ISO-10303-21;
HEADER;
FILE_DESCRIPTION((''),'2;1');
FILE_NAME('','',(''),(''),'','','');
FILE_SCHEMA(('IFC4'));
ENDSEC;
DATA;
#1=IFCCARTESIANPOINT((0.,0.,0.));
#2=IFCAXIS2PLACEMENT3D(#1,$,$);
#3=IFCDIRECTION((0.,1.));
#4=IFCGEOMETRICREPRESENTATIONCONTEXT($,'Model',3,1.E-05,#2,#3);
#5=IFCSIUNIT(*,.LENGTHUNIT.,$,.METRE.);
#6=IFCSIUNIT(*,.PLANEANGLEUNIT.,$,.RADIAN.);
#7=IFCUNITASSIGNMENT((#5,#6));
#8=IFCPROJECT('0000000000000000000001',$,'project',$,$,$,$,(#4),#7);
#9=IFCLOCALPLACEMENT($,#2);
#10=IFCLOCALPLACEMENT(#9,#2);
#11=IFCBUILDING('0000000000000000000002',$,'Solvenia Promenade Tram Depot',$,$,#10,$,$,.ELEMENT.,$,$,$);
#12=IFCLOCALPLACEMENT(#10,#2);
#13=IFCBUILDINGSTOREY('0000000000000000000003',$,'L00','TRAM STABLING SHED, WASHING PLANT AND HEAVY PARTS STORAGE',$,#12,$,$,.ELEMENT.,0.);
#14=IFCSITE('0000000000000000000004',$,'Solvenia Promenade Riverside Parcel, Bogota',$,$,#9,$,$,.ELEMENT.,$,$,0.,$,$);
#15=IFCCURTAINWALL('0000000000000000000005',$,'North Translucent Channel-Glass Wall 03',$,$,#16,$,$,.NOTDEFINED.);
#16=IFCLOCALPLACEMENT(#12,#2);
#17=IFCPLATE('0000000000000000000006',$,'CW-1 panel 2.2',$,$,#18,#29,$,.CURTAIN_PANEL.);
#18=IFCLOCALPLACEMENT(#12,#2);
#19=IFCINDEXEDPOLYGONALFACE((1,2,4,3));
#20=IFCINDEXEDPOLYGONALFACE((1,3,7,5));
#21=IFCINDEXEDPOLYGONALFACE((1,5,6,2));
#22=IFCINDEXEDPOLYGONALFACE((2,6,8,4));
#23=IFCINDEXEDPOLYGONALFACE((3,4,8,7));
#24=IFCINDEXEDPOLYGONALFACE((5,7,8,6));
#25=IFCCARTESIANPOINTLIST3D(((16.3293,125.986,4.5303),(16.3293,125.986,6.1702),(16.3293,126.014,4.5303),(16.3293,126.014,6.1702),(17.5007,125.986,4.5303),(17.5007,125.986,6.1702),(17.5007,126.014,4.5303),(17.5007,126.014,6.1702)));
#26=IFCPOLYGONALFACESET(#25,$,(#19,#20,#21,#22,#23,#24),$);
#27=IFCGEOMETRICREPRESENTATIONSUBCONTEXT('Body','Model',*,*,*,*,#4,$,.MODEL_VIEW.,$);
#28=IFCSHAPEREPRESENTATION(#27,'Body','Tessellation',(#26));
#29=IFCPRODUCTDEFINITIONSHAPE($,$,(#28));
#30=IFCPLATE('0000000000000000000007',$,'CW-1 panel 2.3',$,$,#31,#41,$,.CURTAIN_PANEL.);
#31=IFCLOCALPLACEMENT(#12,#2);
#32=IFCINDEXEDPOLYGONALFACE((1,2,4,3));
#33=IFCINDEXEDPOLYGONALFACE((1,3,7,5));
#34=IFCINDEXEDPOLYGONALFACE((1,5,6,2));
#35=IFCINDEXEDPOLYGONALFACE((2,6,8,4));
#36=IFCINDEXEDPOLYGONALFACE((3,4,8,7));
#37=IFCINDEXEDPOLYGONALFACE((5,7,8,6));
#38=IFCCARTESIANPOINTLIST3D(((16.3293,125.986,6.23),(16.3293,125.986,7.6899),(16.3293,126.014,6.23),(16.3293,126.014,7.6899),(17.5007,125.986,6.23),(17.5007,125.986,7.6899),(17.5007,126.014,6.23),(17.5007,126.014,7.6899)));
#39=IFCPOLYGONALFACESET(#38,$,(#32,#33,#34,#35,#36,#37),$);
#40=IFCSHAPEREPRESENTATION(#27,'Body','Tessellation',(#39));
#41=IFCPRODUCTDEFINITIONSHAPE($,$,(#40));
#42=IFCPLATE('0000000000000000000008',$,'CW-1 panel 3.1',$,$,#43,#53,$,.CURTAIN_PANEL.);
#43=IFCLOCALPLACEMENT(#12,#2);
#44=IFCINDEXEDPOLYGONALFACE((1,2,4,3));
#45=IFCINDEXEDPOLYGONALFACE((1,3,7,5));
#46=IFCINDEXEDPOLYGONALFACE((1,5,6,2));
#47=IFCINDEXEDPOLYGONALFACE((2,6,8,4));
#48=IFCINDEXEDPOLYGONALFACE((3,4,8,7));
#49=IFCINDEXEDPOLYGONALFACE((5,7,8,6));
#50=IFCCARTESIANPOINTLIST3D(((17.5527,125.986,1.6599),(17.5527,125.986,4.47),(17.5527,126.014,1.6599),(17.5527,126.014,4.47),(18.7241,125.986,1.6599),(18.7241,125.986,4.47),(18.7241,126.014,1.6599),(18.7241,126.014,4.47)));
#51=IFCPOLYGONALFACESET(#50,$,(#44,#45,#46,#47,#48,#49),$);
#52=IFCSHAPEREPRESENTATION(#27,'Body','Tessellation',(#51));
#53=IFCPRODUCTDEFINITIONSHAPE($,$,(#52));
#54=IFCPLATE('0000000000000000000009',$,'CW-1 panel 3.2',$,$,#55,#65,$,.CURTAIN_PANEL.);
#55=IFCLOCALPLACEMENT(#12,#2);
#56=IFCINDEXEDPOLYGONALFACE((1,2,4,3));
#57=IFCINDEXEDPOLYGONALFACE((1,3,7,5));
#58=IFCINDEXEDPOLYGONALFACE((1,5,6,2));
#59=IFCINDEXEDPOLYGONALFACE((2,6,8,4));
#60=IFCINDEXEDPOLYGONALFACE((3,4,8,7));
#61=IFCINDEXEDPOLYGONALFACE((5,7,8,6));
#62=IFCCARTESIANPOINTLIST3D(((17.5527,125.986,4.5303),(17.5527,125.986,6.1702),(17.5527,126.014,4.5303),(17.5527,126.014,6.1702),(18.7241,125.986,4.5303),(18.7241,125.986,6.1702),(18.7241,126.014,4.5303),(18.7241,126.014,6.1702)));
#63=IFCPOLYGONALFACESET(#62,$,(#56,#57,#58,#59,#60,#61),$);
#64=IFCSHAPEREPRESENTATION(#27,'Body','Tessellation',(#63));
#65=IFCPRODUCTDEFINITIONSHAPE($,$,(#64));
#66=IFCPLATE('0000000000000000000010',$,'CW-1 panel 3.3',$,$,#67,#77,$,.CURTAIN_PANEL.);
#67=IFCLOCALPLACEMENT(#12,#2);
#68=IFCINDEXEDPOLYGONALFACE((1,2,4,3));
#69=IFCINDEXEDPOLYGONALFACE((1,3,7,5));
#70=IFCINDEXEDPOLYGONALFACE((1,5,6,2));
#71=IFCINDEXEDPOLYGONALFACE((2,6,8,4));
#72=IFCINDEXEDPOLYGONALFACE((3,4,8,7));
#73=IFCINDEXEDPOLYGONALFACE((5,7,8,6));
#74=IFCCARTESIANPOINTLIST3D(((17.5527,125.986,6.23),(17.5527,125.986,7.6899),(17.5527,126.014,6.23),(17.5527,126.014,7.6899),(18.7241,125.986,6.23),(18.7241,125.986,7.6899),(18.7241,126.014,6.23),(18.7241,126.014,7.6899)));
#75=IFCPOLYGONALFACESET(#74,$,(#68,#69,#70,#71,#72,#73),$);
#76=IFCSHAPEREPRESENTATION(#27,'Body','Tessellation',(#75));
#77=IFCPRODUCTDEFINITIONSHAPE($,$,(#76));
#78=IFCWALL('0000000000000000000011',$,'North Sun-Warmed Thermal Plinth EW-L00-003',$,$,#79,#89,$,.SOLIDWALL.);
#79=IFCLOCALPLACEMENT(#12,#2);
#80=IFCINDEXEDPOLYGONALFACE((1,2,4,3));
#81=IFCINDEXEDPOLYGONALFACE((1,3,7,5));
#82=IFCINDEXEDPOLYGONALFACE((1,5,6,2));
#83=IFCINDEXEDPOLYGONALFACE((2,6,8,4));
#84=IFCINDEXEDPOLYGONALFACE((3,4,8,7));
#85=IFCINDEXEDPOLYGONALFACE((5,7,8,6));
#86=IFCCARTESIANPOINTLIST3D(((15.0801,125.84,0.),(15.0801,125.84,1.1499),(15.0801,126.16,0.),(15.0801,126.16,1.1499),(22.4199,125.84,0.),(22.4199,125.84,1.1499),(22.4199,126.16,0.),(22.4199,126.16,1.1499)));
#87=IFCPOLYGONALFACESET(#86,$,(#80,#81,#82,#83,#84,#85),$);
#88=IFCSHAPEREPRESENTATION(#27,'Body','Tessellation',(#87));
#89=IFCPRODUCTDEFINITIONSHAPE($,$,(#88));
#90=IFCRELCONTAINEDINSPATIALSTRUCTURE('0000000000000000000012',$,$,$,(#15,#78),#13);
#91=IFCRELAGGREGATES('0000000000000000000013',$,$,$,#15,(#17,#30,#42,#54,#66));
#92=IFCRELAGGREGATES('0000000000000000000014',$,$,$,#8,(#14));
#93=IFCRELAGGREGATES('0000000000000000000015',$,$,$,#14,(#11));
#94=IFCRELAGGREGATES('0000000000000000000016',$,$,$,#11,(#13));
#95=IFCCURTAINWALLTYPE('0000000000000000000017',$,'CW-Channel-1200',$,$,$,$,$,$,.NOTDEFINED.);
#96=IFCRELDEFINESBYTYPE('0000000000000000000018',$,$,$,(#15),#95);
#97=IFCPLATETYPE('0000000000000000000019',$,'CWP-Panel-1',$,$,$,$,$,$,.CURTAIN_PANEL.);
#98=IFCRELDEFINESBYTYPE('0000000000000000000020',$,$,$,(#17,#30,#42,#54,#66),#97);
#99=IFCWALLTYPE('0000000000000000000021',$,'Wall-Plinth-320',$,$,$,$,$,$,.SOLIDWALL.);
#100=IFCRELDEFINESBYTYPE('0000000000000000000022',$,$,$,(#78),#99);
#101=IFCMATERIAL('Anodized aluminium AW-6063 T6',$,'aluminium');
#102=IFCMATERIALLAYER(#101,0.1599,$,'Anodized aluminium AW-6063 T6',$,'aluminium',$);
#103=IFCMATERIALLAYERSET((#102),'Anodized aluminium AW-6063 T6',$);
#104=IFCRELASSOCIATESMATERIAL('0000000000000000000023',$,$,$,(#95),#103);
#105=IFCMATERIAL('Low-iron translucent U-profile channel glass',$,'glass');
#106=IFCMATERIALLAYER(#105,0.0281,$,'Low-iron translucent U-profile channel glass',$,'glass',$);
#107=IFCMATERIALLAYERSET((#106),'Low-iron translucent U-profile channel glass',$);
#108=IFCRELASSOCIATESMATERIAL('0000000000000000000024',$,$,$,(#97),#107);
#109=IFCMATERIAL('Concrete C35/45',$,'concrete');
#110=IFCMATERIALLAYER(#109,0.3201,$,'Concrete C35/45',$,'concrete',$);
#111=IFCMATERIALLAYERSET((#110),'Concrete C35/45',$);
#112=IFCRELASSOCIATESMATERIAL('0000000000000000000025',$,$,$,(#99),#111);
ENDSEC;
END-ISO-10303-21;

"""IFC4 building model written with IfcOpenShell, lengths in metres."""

from ifc_helpers import new_model, si_unit, direction, frame, frame_2d, origin, origin_2d, place, context, subcontext, project, spatial, rectangle, extrude, material, layer, layer_set, type_object, element, aggregate, save


model = new_model("IFC4")

# Units and contexts
model_context = context("Model", 3, precision=1e-05, world=origin(), true_north=direction((0.0, 1.0)))
body_context = subcontext(model_context, "Body", "Model", "MODEL_VIEW")
ifc_project = project(units=[si_unit("LENGTHUNIT", "METRE"), si_unit("PLANEANGLEUNIT", "RADIAN")], contexts=[model_context])

# Site, building, storey
site_placement = place(None, origin())
site = spatial("IfcSite", under=ifc_project, at=site_placement, Name="Solvenia Promenade Riverside Parcel, Bogota", CompositionType="ELEMENT", RefElevation=0.0)
building_placement = place(site_placement, origin())
building = spatial("IfcBuilding", under=site, at=building_placement, Name="Solvenia Promenade Tram Depot", CompositionType="ELEMENT")
storey_placement = place(building_placement, origin())
storey = spatial("IfcBuildingStorey", under=building, at=storey_placement, Name="L00", Description="TRAM STABLING SHED, WASHING PLANT AND HEAVY PARTS STORAGE", CompositionType="ELEMENT", Elevation=0.0)

# Shared definitions
ifc_material_1 = material(Name="Anodized aluminium AW-6063 T6", Category="aluminium")
ifc_layer_1 = layer(ifc_material_1, 0.1599, Name="Anodized aluminium AW-6063 T6", Category="aluminium")
ifc_layer_set_1 = layer_set([ifc_layer_1], Name="Anodized aluminium AW-6063 T6")
curtain_wall_type = type_object("IfcCurtainWallType", Name="CW-Channel-1200", PredefinedType="NOTDEFINED", material=ifc_layer_set_1)

# Curtain wall
curtain_wall_1_placement = place(storey_placement, origin())
curtain_wall_1 = element("IfcCurtainWall", 1, at=curtain_wall_1_placement, inside=storey, type_object=curtain_wall_type, Name="North Translucent Channel-Glass Wall 03", PredefinedType="NOTDEFINED")

# Plates
ifc_material_2 = material(Name="Low-iron translucent U-profile channel glass", Category="glass")
ifc_layer_2 = layer(ifc_material_2, 0.0281, Name="Low-iron translucent U-profile channel glass", Category="glass")
ifc_layer_set_2 = layer_set([ifc_layer_2], Name="Low-iron translucent U-profile channel glass")
plate_type = type_object("IfcPlateType", Name="CWP-Panel-1", PredefinedType="CURTAIN_PANEL", material=ifc_layer_set_2)
plate_1_placement = place(storey_placement, frame((16.915, 126.0, 4.5303), z_axis=(0.0, 0.0, 1.0), x_axis=(1.0, 0.0, 0.0)))
plate_1 = element("IfcPlate", 2, at=plate_1_placement, type_object=plate_type, Name="CW-1 panel 2.2", PredefinedType="CURTAIN_PANEL", context=body_context, shape_type="SweptSolid", body=[
    extrude(rectangle(XDim=1.1714, YDim=0.0281, at=origin_2d()), origin(), (0.0, 0.0, 1.0), 1.6399),
])
plate_2_placement = place(storey_placement, frame((16.915, 126.0, 6.23), z_axis=(0.0, 0.0, 1.0), x_axis=(1.0, 0.0, 0.0)))
plate_2 = element("IfcPlate", 3, at=plate_2_placement, type_object=plate_type, Name="CW-1 panel 2.3", PredefinedType="CURTAIN_PANEL", context=body_context, shape_type="SweptSolid", body=[
    extrude(rectangle(XDim=1.1714, YDim=0.0281, at=origin_2d()), origin(), (0.0, 0.0, 1.0), 1.46),
])
plate_3_placement = place(storey_placement, frame((18.1384, 126.0, 1.6599), z_axis=(0.0, 0.0, 1.0), x_axis=(1.0, 0.0, 0.0)))
plate_3 = element("IfcPlate", 4, at=plate_3_placement, type_object=plate_type, Name="CW-1 panel 3.1", PredefinedType="CURTAIN_PANEL", context=body_context, shape_type="SweptSolid", body=[
    extrude(rectangle(XDim=1.1714, YDim=0.0281, at=origin_2d()), origin(), (0.0, 0.0, 1.0), 2.8101),
])
plate_4_placement = place(storey_placement, frame((18.1384, 126.0, 4.5303), z_axis=(0.0, 0.0, 1.0), x_axis=(1.0, 0.0, 0.0)))
plate_4 = element("IfcPlate", 5, at=plate_4_placement, type_object=plate_type, Name="CW-1 panel 3.2", PredefinedType="CURTAIN_PANEL", context=body_context, shape_type="SweptSolid", body=[
    extrude(rectangle(XDim=1.1714, YDim=0.0281, at=origin_2d()), origin(), (0.0, 0.0, 1.0), 1.6399),
])
plate_5_placement = place(storey_placement, frame((18.1384, 126.0, 6.23), z_axis=(0.0, 0.0, 1.0), x_axis=(1.0, 0.0, 0.0)))
plate_5 = element("IfcPlate", 6, at=plate_5_placement, type_object=plate_type, Name="CW-1 panel 3.3", PredefinedType="CURTAIN_PANEL", context=body_context, shape_type="SweptSolid", body=[
    extrude(rectangle(XDim=1.1714, YDim=0.0281, at=origin_2d()), origin(), (0.0, 0.0, 1.0), 1.46),
])
aggregate(curtain_wall_1, [plate_1, plate_2, plate_3, plate_4, plate_5])

# Wall
ifc_material_3 = material(Name="Concrete C35/45", Category="concrete")
ifc_layer_3 = layer(ifc_material_3, 0.3201, Name="Concrete C35/45", Category="concrete")
ifc_layer_set_3 = layer_set([ifc_layer_3], Name="Concrete C35/45")
wall_type = type_object("IfcWallType", Name="Wall-Plinth-320", PredefinedType="SOLIDWALL", material=ifc_layer_set_3)
wall_placement = place(storey_placement, frame((15.0801, 126.0, 0.0), z_axis=(0.0, 0.0, 1.0), x_axis=(1.0, 0.0, 0.0)))
element("IfcWall", 7, at=wall_placement, inside=storey, type_object=wall_type, Name="North Sun-Warmed Thermal Plinth EW-L00-003", PredefinedType="SOLIDWALL", context=body_context, shape_type="SweptSolid", body=[
    extrude(rectangle(XDim=7.3398, YDim=0.3201, at=frame_2d((3.6699, 0.0))), origin(), (0.0, 0.0, 1.0), 1.1499),
])

save(model, "model.ifc")
